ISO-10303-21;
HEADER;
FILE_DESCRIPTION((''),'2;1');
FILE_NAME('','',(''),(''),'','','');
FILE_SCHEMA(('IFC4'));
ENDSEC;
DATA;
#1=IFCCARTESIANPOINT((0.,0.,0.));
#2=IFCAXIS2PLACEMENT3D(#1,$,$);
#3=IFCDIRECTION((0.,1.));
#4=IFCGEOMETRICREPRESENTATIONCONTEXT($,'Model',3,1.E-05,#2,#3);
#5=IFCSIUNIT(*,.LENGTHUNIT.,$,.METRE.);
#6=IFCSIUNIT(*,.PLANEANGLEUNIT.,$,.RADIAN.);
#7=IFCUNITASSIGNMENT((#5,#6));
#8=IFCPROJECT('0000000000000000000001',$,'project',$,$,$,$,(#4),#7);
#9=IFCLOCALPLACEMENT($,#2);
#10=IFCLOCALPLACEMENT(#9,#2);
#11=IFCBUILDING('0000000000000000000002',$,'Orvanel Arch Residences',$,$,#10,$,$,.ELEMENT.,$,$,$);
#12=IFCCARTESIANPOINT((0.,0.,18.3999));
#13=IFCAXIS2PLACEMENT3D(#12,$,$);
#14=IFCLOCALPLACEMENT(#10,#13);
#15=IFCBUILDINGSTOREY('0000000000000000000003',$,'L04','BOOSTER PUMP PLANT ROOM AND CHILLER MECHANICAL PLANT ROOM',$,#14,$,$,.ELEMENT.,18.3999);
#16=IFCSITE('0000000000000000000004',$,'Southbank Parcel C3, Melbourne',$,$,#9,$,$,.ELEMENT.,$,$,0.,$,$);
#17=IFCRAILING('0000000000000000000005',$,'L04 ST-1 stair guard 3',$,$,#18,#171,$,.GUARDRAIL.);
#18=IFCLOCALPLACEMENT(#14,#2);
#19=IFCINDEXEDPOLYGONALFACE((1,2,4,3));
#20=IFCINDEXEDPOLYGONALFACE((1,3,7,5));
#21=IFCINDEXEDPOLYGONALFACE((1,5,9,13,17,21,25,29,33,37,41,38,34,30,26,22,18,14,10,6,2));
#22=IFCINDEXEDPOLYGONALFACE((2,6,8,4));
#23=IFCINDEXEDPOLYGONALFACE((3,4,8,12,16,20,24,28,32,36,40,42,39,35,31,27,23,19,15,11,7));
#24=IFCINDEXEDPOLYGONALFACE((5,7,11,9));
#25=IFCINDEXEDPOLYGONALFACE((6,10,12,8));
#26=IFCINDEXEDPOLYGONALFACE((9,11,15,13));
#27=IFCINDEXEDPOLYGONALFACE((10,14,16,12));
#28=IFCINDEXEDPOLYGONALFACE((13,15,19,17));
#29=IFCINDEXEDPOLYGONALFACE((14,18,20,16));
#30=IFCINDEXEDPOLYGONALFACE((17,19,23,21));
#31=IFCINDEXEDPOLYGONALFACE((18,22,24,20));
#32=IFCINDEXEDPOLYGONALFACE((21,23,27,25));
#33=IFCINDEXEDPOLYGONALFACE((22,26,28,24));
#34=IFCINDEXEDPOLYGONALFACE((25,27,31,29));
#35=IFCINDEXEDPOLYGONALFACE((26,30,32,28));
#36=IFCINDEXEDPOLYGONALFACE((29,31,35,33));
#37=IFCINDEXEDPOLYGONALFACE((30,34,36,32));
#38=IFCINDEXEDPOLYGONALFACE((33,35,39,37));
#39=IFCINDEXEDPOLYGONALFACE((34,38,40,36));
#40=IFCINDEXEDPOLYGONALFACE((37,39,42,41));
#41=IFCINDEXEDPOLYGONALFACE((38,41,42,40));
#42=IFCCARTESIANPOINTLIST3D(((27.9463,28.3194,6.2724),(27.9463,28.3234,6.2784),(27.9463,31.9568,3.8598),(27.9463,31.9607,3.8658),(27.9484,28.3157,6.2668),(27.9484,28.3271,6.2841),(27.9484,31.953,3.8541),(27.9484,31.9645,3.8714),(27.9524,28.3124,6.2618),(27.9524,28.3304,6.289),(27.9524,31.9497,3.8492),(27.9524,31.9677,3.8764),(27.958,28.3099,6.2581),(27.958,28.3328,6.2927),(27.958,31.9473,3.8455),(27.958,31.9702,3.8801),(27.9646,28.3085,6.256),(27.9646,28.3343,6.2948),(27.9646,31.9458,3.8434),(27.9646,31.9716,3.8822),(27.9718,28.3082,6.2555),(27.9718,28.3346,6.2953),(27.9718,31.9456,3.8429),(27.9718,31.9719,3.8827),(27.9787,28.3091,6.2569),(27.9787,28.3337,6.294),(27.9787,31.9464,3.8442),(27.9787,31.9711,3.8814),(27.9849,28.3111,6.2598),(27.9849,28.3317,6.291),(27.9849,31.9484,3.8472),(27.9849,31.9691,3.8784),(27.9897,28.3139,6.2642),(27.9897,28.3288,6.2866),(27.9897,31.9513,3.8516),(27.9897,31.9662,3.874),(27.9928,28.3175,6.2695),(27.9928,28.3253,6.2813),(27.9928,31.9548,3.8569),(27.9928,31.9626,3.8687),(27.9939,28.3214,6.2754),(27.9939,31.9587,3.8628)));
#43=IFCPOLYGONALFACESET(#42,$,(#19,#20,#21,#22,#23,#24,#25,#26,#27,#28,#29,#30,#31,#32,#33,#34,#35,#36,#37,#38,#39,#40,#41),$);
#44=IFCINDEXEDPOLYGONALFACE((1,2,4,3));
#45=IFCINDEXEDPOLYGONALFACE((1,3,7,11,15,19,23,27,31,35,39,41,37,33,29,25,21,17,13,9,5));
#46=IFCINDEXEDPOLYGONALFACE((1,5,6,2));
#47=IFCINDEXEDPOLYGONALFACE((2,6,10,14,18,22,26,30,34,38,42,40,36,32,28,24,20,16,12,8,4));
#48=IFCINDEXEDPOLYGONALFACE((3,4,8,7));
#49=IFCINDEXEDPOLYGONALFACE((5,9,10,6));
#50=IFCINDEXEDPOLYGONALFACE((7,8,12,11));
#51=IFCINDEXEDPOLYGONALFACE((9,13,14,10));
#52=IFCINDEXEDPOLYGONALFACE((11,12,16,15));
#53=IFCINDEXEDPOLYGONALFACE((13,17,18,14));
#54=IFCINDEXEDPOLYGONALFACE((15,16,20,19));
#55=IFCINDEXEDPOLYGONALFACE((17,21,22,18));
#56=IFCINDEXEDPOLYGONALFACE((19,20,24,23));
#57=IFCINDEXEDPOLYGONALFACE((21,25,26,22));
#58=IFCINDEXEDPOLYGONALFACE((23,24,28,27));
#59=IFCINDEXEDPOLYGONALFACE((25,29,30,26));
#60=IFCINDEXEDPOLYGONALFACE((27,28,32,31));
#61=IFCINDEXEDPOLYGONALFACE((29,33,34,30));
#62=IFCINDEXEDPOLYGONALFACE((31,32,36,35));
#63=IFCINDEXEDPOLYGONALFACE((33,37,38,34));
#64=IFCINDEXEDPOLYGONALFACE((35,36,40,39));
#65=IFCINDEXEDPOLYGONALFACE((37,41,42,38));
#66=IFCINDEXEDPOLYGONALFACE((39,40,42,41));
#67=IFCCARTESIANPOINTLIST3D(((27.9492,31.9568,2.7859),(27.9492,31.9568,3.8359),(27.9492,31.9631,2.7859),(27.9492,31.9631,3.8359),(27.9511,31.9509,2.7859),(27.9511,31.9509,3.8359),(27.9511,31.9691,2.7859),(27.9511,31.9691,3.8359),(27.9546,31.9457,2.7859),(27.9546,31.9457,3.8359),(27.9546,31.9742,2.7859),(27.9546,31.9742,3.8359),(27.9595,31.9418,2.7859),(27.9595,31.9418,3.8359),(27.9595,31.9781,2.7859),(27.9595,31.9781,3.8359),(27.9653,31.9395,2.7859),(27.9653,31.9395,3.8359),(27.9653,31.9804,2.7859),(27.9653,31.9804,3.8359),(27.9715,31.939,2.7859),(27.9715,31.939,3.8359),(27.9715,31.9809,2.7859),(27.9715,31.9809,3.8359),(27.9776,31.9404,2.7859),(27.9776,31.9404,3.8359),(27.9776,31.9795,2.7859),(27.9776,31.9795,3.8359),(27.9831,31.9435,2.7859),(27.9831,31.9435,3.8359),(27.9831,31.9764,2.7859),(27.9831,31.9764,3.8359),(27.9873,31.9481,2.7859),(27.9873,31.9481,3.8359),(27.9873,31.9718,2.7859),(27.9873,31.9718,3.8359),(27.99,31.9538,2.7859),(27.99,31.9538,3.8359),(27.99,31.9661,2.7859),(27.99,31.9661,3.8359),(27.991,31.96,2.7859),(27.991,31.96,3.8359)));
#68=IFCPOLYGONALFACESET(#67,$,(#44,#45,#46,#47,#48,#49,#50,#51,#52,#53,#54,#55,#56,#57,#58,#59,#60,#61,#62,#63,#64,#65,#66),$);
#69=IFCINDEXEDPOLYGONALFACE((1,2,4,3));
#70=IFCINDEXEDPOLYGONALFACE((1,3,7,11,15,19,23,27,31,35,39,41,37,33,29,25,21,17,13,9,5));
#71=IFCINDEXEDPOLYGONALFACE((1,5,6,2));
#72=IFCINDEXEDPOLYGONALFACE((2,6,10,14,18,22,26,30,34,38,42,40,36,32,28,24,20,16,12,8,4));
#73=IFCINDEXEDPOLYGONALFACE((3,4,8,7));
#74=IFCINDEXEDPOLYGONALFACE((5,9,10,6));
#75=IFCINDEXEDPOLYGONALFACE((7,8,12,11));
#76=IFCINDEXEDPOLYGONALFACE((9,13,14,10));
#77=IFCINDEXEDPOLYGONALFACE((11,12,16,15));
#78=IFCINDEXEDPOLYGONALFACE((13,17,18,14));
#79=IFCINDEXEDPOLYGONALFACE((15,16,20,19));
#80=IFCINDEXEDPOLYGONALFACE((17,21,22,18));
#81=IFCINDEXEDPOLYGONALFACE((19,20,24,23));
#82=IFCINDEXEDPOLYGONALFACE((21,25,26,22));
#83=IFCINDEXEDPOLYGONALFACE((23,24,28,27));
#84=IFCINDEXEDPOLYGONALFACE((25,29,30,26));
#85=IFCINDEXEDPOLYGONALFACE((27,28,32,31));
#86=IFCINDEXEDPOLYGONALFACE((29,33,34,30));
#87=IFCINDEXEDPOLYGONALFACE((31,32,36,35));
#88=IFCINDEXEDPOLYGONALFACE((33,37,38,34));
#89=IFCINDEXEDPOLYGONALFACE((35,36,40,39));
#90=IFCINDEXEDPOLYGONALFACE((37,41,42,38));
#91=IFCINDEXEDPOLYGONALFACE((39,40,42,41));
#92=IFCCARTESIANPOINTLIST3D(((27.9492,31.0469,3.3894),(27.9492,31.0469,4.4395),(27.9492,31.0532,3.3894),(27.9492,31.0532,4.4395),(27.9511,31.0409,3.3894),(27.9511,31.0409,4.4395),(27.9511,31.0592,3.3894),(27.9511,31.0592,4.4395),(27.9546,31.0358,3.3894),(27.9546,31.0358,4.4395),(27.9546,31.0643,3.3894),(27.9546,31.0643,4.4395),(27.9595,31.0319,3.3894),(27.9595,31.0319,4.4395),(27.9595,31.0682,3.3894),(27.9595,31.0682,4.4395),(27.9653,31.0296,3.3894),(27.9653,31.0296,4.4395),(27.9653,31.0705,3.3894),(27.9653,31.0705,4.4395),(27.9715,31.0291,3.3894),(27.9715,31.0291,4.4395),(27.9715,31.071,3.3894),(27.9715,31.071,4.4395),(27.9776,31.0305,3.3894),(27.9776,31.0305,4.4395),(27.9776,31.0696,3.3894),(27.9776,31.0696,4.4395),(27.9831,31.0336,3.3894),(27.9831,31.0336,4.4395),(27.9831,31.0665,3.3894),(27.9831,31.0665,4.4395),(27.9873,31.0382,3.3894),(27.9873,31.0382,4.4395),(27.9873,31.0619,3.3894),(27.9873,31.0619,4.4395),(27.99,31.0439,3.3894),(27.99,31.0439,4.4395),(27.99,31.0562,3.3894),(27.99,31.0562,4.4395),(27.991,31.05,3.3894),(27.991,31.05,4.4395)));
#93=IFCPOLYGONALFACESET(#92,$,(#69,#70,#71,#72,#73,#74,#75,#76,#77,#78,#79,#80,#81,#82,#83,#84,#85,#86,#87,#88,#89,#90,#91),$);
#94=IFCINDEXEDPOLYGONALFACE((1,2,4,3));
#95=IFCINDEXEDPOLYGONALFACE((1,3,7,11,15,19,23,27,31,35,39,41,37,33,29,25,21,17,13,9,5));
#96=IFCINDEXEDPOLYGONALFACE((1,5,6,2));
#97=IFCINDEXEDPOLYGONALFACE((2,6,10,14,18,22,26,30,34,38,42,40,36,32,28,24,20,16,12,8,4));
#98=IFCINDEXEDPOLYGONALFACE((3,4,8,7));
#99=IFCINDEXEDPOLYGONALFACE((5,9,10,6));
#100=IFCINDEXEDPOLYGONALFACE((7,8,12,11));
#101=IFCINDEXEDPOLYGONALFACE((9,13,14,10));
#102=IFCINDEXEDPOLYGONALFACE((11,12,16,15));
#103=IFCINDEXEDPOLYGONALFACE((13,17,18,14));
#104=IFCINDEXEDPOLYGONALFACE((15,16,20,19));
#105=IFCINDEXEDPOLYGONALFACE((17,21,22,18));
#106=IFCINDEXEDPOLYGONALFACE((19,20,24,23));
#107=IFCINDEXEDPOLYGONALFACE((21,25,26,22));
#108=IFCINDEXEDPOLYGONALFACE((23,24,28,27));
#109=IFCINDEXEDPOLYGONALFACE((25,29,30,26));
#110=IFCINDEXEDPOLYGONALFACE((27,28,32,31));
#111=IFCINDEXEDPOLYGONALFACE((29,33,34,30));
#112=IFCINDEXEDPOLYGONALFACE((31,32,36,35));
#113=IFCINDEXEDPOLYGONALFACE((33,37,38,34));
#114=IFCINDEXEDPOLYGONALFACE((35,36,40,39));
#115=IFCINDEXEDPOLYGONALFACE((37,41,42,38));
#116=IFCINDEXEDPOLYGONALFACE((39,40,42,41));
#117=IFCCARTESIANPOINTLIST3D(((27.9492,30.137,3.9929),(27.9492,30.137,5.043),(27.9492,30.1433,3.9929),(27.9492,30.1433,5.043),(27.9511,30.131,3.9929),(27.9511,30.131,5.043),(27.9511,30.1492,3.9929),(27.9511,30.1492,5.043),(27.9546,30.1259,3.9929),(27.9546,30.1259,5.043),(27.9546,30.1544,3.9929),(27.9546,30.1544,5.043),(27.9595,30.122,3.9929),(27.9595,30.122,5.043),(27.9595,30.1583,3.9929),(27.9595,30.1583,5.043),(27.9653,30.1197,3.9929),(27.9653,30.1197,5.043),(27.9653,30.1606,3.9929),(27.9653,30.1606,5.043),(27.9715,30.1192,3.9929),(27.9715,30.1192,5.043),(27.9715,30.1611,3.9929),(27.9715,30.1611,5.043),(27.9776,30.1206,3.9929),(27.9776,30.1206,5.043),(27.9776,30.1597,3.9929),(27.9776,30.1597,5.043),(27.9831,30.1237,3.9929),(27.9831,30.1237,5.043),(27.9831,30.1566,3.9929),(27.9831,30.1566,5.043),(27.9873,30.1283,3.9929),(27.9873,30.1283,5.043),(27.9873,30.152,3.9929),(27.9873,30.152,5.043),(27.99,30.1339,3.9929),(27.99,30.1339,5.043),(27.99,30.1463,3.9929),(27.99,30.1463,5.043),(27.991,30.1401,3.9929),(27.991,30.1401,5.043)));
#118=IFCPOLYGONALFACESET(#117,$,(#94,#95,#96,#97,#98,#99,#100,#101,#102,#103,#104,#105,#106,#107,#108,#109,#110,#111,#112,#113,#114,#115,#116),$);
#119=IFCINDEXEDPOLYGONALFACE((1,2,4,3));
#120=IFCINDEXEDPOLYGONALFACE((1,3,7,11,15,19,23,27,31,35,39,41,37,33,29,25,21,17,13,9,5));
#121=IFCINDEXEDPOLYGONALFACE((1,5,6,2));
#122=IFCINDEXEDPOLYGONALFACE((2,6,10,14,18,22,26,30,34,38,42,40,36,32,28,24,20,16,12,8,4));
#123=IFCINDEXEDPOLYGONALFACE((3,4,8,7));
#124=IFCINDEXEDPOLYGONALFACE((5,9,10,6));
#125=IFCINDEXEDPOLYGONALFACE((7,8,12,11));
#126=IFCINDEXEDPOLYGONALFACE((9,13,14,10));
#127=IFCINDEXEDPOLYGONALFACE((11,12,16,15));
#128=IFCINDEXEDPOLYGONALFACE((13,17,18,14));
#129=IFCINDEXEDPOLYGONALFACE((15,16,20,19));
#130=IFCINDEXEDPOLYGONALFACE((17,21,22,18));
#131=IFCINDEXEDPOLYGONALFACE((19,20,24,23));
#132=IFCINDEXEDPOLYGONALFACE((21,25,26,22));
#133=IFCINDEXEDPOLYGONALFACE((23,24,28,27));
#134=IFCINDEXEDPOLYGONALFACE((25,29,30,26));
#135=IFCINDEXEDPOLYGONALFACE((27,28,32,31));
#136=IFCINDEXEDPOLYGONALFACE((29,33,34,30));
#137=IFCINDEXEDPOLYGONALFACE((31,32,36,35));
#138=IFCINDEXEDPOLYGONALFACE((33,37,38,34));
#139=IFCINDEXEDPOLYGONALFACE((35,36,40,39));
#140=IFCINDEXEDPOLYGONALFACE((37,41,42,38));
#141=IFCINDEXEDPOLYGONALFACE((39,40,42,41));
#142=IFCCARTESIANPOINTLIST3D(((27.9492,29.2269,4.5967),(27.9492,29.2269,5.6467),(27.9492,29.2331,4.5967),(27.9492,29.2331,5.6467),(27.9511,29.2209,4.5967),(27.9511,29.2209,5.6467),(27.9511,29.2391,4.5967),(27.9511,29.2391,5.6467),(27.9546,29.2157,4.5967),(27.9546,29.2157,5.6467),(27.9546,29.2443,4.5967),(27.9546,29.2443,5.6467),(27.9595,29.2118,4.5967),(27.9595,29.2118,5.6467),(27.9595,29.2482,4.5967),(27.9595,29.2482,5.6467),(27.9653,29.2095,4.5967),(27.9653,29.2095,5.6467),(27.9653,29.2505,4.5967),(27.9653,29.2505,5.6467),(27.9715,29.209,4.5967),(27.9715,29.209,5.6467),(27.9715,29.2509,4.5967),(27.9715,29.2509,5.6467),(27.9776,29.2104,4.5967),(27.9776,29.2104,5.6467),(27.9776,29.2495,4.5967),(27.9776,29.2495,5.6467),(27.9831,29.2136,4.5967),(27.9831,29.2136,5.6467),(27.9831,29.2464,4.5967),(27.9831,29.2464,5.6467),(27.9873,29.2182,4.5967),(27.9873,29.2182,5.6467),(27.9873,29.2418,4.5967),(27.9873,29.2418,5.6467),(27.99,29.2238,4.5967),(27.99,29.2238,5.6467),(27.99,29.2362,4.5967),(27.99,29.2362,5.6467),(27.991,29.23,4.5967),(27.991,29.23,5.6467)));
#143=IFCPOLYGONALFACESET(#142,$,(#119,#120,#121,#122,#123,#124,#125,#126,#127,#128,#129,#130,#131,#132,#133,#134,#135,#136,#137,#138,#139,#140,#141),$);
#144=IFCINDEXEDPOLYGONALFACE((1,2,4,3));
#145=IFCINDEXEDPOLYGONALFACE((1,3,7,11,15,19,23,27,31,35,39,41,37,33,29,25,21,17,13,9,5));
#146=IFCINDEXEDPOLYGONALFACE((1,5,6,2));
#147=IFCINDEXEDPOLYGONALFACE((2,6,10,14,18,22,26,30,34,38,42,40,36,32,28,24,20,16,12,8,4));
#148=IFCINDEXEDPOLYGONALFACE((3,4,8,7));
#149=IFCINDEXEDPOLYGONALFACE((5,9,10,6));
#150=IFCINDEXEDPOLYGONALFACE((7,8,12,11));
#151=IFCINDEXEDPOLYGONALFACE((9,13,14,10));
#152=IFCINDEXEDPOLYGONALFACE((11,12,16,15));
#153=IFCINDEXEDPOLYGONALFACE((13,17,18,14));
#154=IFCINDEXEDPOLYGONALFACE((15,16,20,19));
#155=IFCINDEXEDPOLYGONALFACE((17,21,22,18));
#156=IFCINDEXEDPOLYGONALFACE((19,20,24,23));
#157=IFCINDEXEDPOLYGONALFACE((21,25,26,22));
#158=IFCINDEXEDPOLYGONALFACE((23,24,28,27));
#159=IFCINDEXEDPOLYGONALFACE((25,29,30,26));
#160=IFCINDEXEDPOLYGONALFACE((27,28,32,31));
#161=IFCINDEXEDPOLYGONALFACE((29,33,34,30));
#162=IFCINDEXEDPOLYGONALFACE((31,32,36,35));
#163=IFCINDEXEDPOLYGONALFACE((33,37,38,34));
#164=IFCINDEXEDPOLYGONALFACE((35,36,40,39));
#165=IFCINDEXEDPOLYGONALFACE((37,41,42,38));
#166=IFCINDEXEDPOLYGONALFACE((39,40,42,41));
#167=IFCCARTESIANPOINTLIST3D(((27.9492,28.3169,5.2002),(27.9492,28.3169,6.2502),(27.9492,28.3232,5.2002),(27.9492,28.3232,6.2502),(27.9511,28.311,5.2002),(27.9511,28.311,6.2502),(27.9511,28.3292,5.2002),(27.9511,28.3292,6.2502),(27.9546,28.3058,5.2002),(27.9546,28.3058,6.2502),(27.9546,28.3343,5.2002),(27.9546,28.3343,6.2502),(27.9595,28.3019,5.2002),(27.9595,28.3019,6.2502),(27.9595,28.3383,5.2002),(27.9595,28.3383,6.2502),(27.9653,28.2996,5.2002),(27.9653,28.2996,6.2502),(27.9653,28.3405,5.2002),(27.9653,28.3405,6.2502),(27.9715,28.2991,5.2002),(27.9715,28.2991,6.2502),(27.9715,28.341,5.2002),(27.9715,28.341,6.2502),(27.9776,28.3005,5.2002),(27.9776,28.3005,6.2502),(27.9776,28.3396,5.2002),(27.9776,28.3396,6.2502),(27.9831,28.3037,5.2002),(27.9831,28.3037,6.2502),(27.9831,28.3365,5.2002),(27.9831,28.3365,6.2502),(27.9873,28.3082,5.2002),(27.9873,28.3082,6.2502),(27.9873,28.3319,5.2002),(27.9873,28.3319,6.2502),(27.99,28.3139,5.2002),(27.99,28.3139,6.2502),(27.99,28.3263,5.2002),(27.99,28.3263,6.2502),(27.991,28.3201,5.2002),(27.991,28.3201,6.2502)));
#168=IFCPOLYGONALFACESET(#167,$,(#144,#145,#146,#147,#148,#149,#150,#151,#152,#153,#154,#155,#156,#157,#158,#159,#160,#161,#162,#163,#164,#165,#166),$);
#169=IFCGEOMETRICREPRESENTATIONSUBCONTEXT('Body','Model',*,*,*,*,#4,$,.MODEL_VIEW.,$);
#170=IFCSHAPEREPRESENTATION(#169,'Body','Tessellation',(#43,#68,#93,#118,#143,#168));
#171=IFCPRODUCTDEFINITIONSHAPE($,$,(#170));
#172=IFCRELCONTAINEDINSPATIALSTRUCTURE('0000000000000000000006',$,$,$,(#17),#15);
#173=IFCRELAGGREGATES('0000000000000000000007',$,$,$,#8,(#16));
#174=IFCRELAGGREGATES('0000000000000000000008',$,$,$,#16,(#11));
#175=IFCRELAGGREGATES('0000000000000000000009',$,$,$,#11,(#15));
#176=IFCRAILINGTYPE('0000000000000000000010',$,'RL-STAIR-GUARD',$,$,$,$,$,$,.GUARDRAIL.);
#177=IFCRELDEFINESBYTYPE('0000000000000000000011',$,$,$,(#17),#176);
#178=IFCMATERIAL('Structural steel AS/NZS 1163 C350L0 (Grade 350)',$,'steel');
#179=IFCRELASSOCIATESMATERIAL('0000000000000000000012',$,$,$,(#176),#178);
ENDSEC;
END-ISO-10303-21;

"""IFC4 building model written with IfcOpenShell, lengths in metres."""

from ifc_helpers import new_model, si_unit, direction, frame, origin, origin_2d, place, context, subcontext, project, spatial, circle, extrude, material, type_object, element, save


model = new_model("IFC4")

# Units and contexts
model_context = context("Model", 3, precision=1e-05, world=origin(), true_north=direction((0.0, 1.0)))
body_context = subcontext(model_context, "Body", "Model", "MODEL_VIEW")
ifc_project = project(units=[si_unit("LENGTHUNIT", "METRE"), si_unit("PLANEANGLEUNIT", "RADIAN")], contexts=[model_context])

# Site, building, storey
site_placement = place(None, origin())
site = spatial("IfcSite", under=ifc_project, at=site_placement, Name="Southbank Parcel C3, Melbourne", CompositionType="ELEMENT", RefElevation=0.0)
building_placement = place(site_placement, origin())
building = spatial("IfcBuilding", under=site, at=building_placement, Name="Orvanel Arch Residences", CompositionType="ELEMENT")
storey_placement = place(building_placement, frame((0.0, 0.0, 18.3999)))
storey = spatial("IfcBuildingStorey", under=building, at=storey_placement, Name="L04", Description="BOOSTER PUMP PLANT ROOM AND CHILLER MECHANICAL PLANT ROOM", CompositionType="ELEMENT", Elevation=18.3999)

# Railing
ifc_material_1 = material(Name="Structural steel AS/NZS 1163 C350L0 (Grade 350)", Category="steel")
railing_type_1 = type_object("IfcRailingType", Name="RL-STAIR-GUARD", PredefinedType="GUARDRAIL", material=ifc_material_1)
railing_1_placement = place(storey_placement, frame((27.97, 31.96, 2.7859)))
element("IfcRailing", 1, at=railing_1_placement, inside=storey, type_object=railing_type_1, Name="L04 ST-1 stair guard 3", PredefinedType="GUARDRAIL", context=body_context, shape_type="SweptSolid", body=[
    extrude(circle(Radius=0.0239, at=origin_2d()), frame((0.0, -0.0012, 1.0769), z_axis=(0.0, -0.833347, 0.552751), x_axis=(1.0, 0.0, 0.0)), (0.0, 0.0, 1.0), 4.3647),
    extrude(circle(Radius=0.021, at=origin_2d()), origin(), (0.0, 0.0, 1.0), 1.05),
    extrude(circle(Radius=0.021, at=origin_2d()), frame((0.0, -0.9099, 0.6035)), (0.0, 0.0, 1.0), 1.05),
    extrude(circle(Radius=0.021, at=origin_2d()), frame((0.0, -1.8198, 1.207)), (0.0, 0.0, 1.0), 1.05),
    extrude(circle(Radius=0.021, at=origin_2d()), frame((0.0, -2.73, 1.8108)), (0.0, 0.0, 1.0), 1.05),
    extrude(circle(Radius=0.021, at=origin_2d()), frame((0.0, -3.6399, 2.4143)), (0.0, 0.0, 1.0), 1.05),
])

save(model, "model.ifc")
